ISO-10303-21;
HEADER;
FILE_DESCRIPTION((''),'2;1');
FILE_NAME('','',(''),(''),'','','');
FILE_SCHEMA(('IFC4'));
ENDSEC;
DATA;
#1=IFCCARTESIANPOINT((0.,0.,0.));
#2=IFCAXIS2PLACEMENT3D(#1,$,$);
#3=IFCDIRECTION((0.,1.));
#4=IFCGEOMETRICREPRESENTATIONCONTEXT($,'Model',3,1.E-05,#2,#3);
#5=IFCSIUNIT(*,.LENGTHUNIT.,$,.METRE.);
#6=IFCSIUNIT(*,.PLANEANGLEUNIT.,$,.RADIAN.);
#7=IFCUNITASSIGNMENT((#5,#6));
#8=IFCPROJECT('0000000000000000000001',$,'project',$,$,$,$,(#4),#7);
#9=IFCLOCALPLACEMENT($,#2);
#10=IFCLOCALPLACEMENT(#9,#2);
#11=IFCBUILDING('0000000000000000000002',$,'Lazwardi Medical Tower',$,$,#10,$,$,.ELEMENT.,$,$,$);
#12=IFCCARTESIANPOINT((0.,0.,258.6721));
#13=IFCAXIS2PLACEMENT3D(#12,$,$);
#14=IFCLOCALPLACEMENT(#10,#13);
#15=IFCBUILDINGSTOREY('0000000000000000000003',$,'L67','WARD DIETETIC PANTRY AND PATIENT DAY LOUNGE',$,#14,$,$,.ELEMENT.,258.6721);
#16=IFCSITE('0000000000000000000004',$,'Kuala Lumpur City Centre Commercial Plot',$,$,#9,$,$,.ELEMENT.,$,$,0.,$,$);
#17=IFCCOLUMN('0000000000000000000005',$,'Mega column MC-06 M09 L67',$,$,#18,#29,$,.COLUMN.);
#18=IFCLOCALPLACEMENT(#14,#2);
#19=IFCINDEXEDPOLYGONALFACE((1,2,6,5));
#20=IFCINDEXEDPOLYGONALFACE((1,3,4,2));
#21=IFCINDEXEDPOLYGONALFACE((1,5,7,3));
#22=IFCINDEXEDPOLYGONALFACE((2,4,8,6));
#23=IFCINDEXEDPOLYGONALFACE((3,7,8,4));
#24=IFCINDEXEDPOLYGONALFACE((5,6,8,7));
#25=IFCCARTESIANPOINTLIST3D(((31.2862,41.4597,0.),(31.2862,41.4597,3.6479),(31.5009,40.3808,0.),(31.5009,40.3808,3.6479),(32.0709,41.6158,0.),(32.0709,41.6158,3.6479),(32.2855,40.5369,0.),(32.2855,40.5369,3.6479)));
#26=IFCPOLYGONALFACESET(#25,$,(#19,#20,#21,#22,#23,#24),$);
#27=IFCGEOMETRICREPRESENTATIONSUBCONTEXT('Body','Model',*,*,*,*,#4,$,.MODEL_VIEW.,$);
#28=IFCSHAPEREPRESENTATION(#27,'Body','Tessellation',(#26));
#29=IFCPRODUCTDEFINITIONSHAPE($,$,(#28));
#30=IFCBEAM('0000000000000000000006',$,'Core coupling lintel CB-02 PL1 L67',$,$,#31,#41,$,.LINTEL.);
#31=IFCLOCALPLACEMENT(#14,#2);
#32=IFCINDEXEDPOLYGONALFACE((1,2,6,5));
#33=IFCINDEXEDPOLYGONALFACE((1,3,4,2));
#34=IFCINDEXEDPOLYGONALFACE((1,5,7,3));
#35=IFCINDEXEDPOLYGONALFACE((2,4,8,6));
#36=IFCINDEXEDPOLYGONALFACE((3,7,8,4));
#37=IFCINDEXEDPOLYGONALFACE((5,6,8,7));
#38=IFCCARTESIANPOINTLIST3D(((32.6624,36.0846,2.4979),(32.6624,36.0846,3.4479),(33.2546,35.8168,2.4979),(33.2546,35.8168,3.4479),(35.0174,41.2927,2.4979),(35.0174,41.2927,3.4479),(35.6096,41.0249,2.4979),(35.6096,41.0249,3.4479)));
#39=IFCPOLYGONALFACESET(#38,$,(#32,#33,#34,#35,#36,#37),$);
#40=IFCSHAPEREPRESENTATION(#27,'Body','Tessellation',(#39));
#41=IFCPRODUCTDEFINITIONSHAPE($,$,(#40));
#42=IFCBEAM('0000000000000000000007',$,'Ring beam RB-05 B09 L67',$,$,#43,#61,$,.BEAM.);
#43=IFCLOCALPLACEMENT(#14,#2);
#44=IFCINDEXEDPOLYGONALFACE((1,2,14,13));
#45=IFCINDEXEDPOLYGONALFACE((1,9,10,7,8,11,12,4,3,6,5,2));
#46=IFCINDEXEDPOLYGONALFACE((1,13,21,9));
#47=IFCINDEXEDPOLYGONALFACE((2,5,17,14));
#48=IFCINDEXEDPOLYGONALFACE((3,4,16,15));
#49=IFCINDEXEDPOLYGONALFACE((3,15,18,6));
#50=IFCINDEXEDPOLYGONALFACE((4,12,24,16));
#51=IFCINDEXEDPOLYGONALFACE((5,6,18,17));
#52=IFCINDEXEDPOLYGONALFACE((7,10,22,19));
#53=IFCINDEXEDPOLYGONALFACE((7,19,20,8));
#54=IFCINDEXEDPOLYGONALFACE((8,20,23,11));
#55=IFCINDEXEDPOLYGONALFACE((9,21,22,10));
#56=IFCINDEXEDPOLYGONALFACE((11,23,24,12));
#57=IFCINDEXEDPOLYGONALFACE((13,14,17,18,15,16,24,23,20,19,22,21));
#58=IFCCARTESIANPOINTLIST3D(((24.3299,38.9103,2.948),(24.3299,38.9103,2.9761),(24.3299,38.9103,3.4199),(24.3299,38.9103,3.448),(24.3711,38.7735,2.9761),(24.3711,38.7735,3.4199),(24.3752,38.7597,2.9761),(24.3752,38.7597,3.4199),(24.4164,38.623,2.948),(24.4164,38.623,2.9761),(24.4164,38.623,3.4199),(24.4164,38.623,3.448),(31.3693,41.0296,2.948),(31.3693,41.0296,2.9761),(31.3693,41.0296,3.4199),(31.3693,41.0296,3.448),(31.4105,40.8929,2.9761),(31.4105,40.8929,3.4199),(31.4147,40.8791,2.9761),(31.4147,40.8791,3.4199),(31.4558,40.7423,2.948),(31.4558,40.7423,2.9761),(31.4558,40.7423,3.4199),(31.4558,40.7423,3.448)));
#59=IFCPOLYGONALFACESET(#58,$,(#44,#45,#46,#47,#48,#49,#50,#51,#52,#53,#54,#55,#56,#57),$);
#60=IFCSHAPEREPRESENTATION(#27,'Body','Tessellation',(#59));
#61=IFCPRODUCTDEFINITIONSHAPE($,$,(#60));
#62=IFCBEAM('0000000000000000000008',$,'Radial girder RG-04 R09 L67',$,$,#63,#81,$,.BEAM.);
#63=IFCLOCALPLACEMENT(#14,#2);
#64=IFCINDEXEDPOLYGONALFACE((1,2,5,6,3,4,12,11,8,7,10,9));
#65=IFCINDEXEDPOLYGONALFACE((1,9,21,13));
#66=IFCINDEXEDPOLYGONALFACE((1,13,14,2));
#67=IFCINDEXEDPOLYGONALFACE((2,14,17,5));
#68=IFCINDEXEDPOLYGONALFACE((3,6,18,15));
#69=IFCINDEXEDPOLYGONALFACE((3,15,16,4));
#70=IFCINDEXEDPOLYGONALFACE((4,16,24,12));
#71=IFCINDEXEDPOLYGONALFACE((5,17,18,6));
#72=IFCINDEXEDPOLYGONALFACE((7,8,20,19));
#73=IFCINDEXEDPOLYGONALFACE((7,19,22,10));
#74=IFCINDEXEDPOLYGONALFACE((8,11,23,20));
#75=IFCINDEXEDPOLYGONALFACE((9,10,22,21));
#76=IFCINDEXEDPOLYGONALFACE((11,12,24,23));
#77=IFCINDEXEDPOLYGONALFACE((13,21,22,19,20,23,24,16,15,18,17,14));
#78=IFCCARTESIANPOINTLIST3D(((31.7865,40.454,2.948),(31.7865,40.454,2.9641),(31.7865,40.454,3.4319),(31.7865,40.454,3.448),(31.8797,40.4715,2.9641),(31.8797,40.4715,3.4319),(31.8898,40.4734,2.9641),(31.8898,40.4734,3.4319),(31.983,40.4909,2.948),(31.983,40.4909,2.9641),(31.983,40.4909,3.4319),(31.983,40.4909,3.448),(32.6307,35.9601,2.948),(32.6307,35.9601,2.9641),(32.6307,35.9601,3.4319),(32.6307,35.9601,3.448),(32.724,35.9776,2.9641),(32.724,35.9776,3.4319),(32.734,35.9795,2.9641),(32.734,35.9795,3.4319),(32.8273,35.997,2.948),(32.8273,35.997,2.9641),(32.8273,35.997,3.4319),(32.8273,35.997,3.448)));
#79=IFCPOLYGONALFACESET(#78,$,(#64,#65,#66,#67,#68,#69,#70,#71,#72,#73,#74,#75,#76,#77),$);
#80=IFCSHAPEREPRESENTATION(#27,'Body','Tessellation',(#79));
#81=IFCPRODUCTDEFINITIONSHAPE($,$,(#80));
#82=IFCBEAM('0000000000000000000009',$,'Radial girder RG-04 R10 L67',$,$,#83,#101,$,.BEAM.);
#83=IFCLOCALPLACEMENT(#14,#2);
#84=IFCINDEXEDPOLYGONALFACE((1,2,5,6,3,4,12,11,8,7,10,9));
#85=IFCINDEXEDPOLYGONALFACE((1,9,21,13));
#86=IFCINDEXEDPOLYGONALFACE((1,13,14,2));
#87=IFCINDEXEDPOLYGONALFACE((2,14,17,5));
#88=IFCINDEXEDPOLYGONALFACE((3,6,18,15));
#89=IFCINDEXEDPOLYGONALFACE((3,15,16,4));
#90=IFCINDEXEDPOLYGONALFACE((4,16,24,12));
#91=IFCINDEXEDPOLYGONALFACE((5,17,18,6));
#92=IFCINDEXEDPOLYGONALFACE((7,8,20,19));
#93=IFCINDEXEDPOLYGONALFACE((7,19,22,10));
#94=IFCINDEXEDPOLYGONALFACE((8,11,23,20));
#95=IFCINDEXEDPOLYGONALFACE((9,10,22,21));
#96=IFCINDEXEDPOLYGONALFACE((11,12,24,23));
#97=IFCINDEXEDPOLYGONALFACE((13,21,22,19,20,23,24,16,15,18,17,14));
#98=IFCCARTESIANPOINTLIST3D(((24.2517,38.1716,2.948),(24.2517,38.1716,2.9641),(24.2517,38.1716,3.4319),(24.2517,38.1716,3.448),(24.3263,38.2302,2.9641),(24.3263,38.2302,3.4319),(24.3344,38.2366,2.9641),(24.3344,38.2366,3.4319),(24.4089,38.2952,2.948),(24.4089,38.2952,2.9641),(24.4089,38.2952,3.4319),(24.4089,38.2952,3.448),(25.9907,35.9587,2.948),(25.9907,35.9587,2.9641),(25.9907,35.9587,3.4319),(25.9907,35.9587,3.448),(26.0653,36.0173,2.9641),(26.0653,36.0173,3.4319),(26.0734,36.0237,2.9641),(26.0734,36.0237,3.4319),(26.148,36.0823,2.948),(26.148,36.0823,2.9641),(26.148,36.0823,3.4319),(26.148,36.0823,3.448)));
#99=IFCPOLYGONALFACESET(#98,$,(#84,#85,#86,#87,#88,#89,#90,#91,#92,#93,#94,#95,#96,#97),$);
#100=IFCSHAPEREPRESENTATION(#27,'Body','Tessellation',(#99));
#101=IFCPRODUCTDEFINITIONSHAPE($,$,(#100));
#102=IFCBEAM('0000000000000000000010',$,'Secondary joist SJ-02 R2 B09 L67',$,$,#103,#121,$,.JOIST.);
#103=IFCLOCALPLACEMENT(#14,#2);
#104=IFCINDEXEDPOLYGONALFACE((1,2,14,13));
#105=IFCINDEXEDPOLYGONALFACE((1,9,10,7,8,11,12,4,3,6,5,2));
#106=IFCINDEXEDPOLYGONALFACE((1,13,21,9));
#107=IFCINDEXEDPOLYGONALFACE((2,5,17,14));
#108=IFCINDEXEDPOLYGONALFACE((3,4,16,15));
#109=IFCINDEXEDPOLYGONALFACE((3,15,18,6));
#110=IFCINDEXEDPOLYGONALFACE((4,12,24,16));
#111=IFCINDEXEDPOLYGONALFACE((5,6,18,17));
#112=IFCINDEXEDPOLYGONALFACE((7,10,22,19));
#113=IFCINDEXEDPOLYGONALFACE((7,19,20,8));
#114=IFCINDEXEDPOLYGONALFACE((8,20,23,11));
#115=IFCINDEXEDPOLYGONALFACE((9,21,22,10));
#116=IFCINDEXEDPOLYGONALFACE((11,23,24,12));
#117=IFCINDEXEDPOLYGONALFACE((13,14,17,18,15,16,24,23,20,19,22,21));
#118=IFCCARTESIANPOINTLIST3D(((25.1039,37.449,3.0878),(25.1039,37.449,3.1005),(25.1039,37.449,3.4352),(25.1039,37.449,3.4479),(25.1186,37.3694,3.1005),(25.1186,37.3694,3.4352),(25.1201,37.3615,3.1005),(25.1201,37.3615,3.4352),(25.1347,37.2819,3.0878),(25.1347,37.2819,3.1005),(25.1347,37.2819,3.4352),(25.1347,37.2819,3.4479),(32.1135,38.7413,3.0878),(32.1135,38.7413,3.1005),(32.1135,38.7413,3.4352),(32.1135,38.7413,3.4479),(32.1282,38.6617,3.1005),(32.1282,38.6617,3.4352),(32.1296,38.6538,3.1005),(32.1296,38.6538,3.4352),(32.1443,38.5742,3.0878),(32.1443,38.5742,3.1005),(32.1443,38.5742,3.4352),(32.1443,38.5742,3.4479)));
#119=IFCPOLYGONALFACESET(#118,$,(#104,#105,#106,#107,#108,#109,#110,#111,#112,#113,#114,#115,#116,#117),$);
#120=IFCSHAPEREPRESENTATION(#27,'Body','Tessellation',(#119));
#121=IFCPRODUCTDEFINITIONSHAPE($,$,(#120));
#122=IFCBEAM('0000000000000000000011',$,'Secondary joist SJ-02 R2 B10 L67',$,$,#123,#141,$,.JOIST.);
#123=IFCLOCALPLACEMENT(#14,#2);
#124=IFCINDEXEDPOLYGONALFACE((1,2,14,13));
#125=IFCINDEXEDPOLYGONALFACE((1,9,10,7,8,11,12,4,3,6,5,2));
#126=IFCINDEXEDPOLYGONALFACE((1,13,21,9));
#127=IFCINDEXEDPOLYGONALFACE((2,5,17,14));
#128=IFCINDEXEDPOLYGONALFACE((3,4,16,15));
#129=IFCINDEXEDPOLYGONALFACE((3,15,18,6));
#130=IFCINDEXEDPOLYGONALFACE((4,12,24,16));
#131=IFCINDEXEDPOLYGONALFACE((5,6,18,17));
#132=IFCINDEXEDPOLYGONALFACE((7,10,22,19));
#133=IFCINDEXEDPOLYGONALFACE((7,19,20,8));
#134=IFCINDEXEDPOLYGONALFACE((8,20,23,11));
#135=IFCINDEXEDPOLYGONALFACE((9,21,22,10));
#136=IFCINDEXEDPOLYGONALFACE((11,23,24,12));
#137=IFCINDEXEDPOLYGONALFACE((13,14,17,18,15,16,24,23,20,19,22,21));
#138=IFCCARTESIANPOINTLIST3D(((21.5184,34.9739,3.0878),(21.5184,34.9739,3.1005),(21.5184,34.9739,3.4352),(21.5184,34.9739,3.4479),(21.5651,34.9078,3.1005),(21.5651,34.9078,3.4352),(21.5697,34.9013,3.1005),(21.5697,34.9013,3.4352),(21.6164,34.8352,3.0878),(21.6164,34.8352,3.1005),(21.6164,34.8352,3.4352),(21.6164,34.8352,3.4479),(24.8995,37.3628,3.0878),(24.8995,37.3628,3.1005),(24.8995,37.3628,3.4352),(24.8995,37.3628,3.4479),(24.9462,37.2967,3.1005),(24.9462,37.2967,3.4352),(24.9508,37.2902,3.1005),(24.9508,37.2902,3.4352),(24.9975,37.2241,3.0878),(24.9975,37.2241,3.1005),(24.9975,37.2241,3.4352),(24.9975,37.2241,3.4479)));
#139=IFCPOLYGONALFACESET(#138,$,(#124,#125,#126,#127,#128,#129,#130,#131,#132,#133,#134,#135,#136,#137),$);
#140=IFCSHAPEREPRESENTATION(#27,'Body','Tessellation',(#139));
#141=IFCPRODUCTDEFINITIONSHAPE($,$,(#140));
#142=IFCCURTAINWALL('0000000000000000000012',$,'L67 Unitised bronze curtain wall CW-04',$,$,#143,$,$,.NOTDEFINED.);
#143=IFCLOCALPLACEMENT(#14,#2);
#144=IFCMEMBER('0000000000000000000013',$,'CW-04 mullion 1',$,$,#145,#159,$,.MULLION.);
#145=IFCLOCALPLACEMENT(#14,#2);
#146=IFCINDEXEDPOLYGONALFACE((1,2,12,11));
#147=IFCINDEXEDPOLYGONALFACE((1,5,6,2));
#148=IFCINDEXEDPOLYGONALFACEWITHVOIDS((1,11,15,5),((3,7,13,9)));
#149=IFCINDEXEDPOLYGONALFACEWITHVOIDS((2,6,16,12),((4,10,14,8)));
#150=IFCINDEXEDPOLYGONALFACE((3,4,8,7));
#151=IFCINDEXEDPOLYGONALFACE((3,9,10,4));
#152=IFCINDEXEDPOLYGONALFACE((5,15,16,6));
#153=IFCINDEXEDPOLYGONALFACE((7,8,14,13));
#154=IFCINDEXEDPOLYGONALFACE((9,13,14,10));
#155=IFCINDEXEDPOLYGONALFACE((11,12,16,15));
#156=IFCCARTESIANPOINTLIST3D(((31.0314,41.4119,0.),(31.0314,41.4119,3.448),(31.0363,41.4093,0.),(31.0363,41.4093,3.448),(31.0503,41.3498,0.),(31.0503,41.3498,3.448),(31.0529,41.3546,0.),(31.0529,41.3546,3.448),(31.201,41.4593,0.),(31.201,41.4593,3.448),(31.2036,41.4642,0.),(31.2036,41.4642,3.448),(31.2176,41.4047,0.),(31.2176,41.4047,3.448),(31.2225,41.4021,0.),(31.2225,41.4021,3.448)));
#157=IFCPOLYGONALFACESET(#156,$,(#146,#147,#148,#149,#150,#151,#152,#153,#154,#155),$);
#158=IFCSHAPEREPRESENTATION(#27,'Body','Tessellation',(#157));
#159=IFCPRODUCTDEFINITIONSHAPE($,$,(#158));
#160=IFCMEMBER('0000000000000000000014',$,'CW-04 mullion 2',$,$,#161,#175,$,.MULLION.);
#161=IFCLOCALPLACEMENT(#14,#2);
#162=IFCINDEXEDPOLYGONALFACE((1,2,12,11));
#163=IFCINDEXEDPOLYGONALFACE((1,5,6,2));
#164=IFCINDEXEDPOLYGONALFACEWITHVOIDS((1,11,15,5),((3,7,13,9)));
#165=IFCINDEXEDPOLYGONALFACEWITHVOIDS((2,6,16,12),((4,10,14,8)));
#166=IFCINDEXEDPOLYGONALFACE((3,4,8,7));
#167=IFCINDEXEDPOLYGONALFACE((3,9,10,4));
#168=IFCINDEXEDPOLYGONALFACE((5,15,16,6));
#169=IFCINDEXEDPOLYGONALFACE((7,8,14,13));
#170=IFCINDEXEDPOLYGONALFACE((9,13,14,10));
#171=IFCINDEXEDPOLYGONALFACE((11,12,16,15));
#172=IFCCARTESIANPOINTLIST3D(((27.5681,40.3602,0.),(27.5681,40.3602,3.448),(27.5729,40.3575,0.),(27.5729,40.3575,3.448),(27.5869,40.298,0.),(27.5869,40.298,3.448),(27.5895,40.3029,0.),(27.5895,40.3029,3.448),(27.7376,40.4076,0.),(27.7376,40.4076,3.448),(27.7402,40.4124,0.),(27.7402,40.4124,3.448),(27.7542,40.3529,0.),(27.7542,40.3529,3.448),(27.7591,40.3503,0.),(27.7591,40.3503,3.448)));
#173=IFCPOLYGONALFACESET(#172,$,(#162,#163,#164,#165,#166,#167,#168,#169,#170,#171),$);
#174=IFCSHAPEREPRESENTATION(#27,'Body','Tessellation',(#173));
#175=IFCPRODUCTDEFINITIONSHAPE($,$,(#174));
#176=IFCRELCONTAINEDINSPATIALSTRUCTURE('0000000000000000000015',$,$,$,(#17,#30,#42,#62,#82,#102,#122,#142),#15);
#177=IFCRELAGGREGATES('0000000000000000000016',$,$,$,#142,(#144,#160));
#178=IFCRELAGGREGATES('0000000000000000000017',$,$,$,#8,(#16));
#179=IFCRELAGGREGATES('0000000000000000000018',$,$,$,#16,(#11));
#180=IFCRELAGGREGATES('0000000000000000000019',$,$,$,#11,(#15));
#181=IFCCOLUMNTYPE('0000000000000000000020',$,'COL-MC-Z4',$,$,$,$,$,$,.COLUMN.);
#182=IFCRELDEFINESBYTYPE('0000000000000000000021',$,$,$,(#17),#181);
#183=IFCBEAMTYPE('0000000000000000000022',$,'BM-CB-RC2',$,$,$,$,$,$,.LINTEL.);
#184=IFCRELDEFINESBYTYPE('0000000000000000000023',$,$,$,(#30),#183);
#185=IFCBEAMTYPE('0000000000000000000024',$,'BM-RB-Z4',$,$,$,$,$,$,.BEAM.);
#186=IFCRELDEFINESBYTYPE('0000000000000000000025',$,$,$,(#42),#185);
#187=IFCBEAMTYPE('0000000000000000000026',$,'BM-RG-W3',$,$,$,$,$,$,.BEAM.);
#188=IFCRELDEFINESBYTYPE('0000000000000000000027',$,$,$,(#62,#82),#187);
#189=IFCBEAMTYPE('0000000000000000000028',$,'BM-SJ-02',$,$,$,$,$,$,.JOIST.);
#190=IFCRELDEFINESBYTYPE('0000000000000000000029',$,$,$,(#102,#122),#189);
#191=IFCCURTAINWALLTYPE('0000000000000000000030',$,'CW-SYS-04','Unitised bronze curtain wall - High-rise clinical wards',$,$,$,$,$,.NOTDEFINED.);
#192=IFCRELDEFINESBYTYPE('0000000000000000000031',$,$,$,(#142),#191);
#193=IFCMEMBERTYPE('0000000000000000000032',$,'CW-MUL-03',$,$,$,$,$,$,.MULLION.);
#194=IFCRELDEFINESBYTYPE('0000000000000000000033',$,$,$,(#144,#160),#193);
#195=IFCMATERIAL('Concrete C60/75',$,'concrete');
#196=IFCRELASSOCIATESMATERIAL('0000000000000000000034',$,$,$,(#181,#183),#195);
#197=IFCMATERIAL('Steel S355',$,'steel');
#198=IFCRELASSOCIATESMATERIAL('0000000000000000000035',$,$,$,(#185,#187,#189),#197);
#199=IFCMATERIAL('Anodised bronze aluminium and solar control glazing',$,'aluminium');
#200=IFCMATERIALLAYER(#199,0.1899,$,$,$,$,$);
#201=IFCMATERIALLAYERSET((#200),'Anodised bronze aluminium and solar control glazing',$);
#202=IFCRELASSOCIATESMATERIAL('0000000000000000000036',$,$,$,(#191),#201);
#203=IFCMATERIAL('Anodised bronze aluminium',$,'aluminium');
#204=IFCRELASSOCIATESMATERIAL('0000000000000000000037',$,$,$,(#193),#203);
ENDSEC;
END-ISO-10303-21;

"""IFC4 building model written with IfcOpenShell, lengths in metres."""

from ifc_helpers import new_model, si_unit, direction, frame, origin, origin_2d, place, context, subcontext, project, spatial, rectangle, hollow_rectangle, i_section, extrude, material, layer, layer_set, material_profile, profile_set, type_object, element, aggregate, save


model = new_model("IFC4")

# Units and contexts
model_context = context("Model", 3, precision=1e-05, world=origin(), true_north=direction((0.0, 1.0)))
body_context = subcontext(model_context, "Body", "Model", "MODEL_VIEW")
ifc_project = project(units=[si_unit("LENGTHUNIT", "METRE"), si_unit("PLANEANGLEUNIT", "RADIAN")], contexts=[model_context])

# Site, building, storey
site_placement = place(None, origin())
site = spatial("IfcSite", under=ifc_project, at=site_placement, Name="Kuala Lumpur City Centre Commercial Plot", CompositionType="ELEMENT", RefElevation=0.0)
building_placement = place(site_placement, origin())
building = spatial("IfcBuilding", under=site, at=building_placement, Name="Lazwardi Medical Tower", CompositionType="ELEMENT")
storey_placement = place(building_placement, frame((0.0, 0.0, 258.6721)))
storey = spatial("IfcBuildingStorey", under=building, at=storey_placement, Name="L67", Description="WARD DIETETIC PANTRY AND PATIENT DAY LOUNGE", CompositionType="ELEMENT", Elevation=258.6721)

# Column
ifc_material_1 = material(Name="Concrete C60/75", Category="concrete")
ifc_material_profile_1 = material_profile(ifc_material_1, rectangle(XDim=1.1001, YDim=0.8, at=origin_2d()), Name="CFT-RECT 1100x800")
ifc_profile_set_1 = profile_set([ifc_material_profile_1], Name="Concrete C60/75")
column_type = type_object("IfcColumnType", Name="COL-MC-Z4", PredefinedType="COLUMN", material=ifc_profile_set_1)
column_placement = place(storey_placement, frame((31.7859, 40.9983, 0.0), z_axis=(0.0, 0.0, 1.0), x_axis=(-0.19509, 0.980785, 0.0)))
element("IfcColumn", 1, at=column_placement, inside=storey, type_object=column_type, Name="Mega column MC-06 M09 L67", PredefinedType="COLUMN", context=body_context, shape_type="SweptSolid", body=[
    extrude(rectangle(XDim=1.1001, YDim=0.8, at=origin_2d()), origin(), (0.0, 0.0, 1.0), 3.6479),
])

# Beams
ifc_material_profile_2 = material_profile(ifc_material_1, rectangle(XDim=0.6499, YDim=0.95, at=origin_2d()), Name="RC 650x950")
ifc_profile_set_2 = profile_set([ifc_material_profile_2], Name="Concrete C60/75")
beam_type_1 = type_object("IfcBeamType", Name="BM-CB-RC2", PredefinedType="LINTEL", material=ifc_profile_set_2)
beam_1_placement = place(storey_placement, frame((32.9585, 35.9507, 2.9729), z_axis=(0.412019, 0.911175, 0.0), x_axis=(-0.911175, 0.412019, 0.0)))
element("IfcBeam", 2, at=beam_1_placement, inside=storey, type_object=beam_type_1, Name="Core coupling lintel CB-02 PL1 L67", PredefinedType="LINTEL", context=body_context, shape_type="SweptSolid", body=[
    extrude(rectangle(XDim=0.6499, YDim=0.95, at=origin_2d()), origin(), (0.0, 0.0, 1.0), 5.7158),
])
ifc_material_2 = material(Name="Steel S355", Category="steel")
ifc_material_profile_3 = material_profile(ifc_material_2, i_section(OverallWidth=0.3, OverallDepth=0.5, WebThickness=0.0144, FlangeThickness=0.0281, at=origin_2d()), Name="HEB 500")
ifc_profile_set_3 = profile_set([ifc_material_profile_3], Name="Steel S355")
beam_type_2 = type_object("IfcBeamType", Name="BM-RB-Z4", PredefinedType="BEAM", material=ifc_profile_set_3)
beam_2_placement = place(storey_placement, frame((31.4126, 40.886, 3.198), z_axis=(-0.957544, -0.288286, 0.0), x_axis=(0.288286, -0.957544, 0.0)))
element("IfcBeam", 3, at=beam_2_placement, inside=storey, type_object=beam_type_2, Name="Ring beam RB-05 B09 L67", PredefinedType="BEAM", context=body_context, shape_type="SweptSolid", body=[
    extrude(i_section(OverallWidth=0.3, OverallDepth=0.5, WebThickness=0.0144, FlangeThickness=0.0281, at=origin_2d()), origin(), (0.0, 0.0, 1.0), 7.3516),
])
ifc_material_profile_4 = material_profile(ifc_material_2, i_section(OverallWidth=0.2, OverallDepth=0.5, WebThickness=0.0103, FlangeThickness=0.0161, at=origin_2d()), Name="IPE 500")
ifc_profile_set_4 = profile_set([ifc_material_profile_4], Name="Steel S355")
beam_type_3 = type_object("IfcBeamType", Name="BM-RG-W3", PredefinedType="BEAM", material=ifc_profile_set_4)
beam_3_placement = place(storey_placement, frame((31.8848, 40.4724, 3.198), z_axis=(0.184633, -0.982807, 0.0), x_axis=(0.982807, 0.184633, 0.0)))
element("IfcBeam", 4, at=beam_3_placement, inside=storey, type_object=beam_type_3, Name="Radial girder RG-04 R09 L67", PredefinedType="BEAM", context=body_context, shape_type="SweptSolid", body=[
    extrude(i_section(OverallWidth=0.2, OverallDepth=0.5, WebThickness=0.0103, FlangeThickness=0.0161, at=origin_2d()), origin(), (0.0, 0.0, 1.0), 4.5725),
])
beam_4_placement = place(storey_placement, frame((24.3303, 38.2334, 3.198), z_axis=(0.617891, -0.786264, 0.0), x_axis=(0.786264, 0.617891, 0.0)))
element("IfcBeam", 5, at=beam_4_placement, inside=storey, type_object=beam_type_3, Name="Radial girder RG-04 R10 L67", PredefinedType="BEAM", context=body_context, shape_type="SweptSolid", body=[
    extrude(i_section(OverallWidth=0.2, OverallDepth=0.5, WebThickness=0.0103, FlangeThickness=0.0161, at=origin_2d()), origin(), (0.0, 0.0, 1.0), 2.8145),
])
ifc_material_profile_5 = material_profile(ifc_material_2, i_section(OverallWidth=0.1699, OverallDepth=0.3601, WebThickness=0.0081, FlangeThickness=0.0127, at=origin_2d()), Name="IPE 360")
ifc_profile_set_5 = profile_set([ifc_material_profile_5], Name="Steel S355")
beam_type_4 = type_object("IfcBeamType", Name="BM-SJ-02", PredefinedType="JOIST", material=ifc_profile_set_5)
beam_5_placement = place(storey_placement, frame((32.1289, 38.6577, 3.2678), z_axis=(-0.983428, -0.181299, 0.0), x_axis=(0.181299, -0.983428, 0.0)))
element("IfcBeam", 6, at=beam_5_placement, inside=storey, type_object=beam_type_4, Name="Secondary joist SJ-02 R2 B09 L67", PredefinedType="JOIST", context=body_context, shape_type="SweptSolid", body=[
    extrude(i_section(OverallWidth=0.1699, OverallDepth=0.3601, WebThickness=0.0081, FlangeThickness=0.0127, at=origin_2d()), origin(), (0.0, 0.0, 1.0), 7.1277),
])
beam_6_placement = place(storey_placement, frame((24.9485, 37.2935, 3.2678), z_axis=(-0.816711, -0.577047, 0.0), x_axis=(0.577047, -0.816711, 0.0)))
element("IfcBeam", 7, at=beam_6_placement, inside=storey, type_object=beam_type_4, Name="Secondary joist SJ-02 R2 B10 L67", PredefinedType="JOIST", context=body_context, shape_type="SweptSolid", body=[
    extrude(i_section(OverallWidth=0.1699, OverallDepth=0.3601, WebThickness=0.0081, FlangeThickness=0.0127, at=origin_2d()), origin(), (0.0, 0.0, 1.0), 4.1399),
])

# Curtain wall, members
ifc_material_3 = material(Name="Anodised bronze aluminium and solar control glazing", Category="aluminium")
ifc_layer_1 = layer(ifc_material_3, 0.1899)
ifc_layer_set_1 = layer_set([ifc_layer_1], Name="Anodised bronze aluminium and solar control glazing")
curtain_wall_type = type_object("IfcCurtainWallType", Name="CW-SYS-04", Description="Unitised bronze curtain wall - High-rise clinical wards", PredefinedType="NOTDEFINED", material=ifc_layer_set_1)
curtain_wall_placement = place(storey_placement, origin())
curtain_wall = element("IfcCurtainWall", 8, at=curtain_wall_placement, inside=storey, type_object=curtain_wall_type, Name="L67 Unitised bronze curtain wall CW-04", PredefinedType="NOTDEFINED")
ifc_material_4 = material(Name="Anodised bronze aluminium", Category="aluminium")
ifc_material_profile_6 = material_profile(ifc_material_4, hollow_rectangle(XDim=0.0649, YDim=0.1799, WallThickness=0.0039, at=origin_2d()), Name="ALU-MULLION 180x65x4")
ifc_profile_set_6 = profile_set([ifc_material_profile_6], Name="Anodised bronze aluminium")
member_type_1 = type_object("IfcMemberType", Name="CW-MUL-03", PredefinedType="MULLION", material=ifc_profile_set_6)
member_1_placement = place(storey_placement, frame((31.127, 41.407, 0.0), z_axis=(0.0, 0.0, 1.0), x_axis=(0.290582, -0.95685, 0.0)))
member_1 = element("IfcMember", 9, at=member_1_placement, type_object=member_type_1, Name="CW-04 mullion 1", PredefinedType="MULLION", context=body_context, shape_type="SweptSolid", body=[
    extrude(hollow_rectangle(XDim=0.0649, YDim=0.1799, WallThickness=0.0039, at=origin_2d()), origin(), (0.0, 0.0, 1.0), 3.448),
])
member_2_placement = place(storey_placement, frame((27.6636, 40.3552, 0.0), z_axis=(0.0, 0.0, 1.0), x_axis=(0.290582, -0.95685, 0.0)))
member_2 = element("IfcMember", 10, at=member_2_placement, type_object=member_type_1, Name="CW-04 mullion 2", PredefinedType="MULLION", context=body_context, shape_type="SweptSolid", body=[
    extrude(hollow_rectangle(XDim=0.0649, YDim=0.1799, WallThickness=0.0039, at=origin_2d()), origin(), (0.0, 0.0, 1.0), 3.448),
])
aggregate(curtain_wall, [member_1, member_2])

save(model, "model.ifc")
